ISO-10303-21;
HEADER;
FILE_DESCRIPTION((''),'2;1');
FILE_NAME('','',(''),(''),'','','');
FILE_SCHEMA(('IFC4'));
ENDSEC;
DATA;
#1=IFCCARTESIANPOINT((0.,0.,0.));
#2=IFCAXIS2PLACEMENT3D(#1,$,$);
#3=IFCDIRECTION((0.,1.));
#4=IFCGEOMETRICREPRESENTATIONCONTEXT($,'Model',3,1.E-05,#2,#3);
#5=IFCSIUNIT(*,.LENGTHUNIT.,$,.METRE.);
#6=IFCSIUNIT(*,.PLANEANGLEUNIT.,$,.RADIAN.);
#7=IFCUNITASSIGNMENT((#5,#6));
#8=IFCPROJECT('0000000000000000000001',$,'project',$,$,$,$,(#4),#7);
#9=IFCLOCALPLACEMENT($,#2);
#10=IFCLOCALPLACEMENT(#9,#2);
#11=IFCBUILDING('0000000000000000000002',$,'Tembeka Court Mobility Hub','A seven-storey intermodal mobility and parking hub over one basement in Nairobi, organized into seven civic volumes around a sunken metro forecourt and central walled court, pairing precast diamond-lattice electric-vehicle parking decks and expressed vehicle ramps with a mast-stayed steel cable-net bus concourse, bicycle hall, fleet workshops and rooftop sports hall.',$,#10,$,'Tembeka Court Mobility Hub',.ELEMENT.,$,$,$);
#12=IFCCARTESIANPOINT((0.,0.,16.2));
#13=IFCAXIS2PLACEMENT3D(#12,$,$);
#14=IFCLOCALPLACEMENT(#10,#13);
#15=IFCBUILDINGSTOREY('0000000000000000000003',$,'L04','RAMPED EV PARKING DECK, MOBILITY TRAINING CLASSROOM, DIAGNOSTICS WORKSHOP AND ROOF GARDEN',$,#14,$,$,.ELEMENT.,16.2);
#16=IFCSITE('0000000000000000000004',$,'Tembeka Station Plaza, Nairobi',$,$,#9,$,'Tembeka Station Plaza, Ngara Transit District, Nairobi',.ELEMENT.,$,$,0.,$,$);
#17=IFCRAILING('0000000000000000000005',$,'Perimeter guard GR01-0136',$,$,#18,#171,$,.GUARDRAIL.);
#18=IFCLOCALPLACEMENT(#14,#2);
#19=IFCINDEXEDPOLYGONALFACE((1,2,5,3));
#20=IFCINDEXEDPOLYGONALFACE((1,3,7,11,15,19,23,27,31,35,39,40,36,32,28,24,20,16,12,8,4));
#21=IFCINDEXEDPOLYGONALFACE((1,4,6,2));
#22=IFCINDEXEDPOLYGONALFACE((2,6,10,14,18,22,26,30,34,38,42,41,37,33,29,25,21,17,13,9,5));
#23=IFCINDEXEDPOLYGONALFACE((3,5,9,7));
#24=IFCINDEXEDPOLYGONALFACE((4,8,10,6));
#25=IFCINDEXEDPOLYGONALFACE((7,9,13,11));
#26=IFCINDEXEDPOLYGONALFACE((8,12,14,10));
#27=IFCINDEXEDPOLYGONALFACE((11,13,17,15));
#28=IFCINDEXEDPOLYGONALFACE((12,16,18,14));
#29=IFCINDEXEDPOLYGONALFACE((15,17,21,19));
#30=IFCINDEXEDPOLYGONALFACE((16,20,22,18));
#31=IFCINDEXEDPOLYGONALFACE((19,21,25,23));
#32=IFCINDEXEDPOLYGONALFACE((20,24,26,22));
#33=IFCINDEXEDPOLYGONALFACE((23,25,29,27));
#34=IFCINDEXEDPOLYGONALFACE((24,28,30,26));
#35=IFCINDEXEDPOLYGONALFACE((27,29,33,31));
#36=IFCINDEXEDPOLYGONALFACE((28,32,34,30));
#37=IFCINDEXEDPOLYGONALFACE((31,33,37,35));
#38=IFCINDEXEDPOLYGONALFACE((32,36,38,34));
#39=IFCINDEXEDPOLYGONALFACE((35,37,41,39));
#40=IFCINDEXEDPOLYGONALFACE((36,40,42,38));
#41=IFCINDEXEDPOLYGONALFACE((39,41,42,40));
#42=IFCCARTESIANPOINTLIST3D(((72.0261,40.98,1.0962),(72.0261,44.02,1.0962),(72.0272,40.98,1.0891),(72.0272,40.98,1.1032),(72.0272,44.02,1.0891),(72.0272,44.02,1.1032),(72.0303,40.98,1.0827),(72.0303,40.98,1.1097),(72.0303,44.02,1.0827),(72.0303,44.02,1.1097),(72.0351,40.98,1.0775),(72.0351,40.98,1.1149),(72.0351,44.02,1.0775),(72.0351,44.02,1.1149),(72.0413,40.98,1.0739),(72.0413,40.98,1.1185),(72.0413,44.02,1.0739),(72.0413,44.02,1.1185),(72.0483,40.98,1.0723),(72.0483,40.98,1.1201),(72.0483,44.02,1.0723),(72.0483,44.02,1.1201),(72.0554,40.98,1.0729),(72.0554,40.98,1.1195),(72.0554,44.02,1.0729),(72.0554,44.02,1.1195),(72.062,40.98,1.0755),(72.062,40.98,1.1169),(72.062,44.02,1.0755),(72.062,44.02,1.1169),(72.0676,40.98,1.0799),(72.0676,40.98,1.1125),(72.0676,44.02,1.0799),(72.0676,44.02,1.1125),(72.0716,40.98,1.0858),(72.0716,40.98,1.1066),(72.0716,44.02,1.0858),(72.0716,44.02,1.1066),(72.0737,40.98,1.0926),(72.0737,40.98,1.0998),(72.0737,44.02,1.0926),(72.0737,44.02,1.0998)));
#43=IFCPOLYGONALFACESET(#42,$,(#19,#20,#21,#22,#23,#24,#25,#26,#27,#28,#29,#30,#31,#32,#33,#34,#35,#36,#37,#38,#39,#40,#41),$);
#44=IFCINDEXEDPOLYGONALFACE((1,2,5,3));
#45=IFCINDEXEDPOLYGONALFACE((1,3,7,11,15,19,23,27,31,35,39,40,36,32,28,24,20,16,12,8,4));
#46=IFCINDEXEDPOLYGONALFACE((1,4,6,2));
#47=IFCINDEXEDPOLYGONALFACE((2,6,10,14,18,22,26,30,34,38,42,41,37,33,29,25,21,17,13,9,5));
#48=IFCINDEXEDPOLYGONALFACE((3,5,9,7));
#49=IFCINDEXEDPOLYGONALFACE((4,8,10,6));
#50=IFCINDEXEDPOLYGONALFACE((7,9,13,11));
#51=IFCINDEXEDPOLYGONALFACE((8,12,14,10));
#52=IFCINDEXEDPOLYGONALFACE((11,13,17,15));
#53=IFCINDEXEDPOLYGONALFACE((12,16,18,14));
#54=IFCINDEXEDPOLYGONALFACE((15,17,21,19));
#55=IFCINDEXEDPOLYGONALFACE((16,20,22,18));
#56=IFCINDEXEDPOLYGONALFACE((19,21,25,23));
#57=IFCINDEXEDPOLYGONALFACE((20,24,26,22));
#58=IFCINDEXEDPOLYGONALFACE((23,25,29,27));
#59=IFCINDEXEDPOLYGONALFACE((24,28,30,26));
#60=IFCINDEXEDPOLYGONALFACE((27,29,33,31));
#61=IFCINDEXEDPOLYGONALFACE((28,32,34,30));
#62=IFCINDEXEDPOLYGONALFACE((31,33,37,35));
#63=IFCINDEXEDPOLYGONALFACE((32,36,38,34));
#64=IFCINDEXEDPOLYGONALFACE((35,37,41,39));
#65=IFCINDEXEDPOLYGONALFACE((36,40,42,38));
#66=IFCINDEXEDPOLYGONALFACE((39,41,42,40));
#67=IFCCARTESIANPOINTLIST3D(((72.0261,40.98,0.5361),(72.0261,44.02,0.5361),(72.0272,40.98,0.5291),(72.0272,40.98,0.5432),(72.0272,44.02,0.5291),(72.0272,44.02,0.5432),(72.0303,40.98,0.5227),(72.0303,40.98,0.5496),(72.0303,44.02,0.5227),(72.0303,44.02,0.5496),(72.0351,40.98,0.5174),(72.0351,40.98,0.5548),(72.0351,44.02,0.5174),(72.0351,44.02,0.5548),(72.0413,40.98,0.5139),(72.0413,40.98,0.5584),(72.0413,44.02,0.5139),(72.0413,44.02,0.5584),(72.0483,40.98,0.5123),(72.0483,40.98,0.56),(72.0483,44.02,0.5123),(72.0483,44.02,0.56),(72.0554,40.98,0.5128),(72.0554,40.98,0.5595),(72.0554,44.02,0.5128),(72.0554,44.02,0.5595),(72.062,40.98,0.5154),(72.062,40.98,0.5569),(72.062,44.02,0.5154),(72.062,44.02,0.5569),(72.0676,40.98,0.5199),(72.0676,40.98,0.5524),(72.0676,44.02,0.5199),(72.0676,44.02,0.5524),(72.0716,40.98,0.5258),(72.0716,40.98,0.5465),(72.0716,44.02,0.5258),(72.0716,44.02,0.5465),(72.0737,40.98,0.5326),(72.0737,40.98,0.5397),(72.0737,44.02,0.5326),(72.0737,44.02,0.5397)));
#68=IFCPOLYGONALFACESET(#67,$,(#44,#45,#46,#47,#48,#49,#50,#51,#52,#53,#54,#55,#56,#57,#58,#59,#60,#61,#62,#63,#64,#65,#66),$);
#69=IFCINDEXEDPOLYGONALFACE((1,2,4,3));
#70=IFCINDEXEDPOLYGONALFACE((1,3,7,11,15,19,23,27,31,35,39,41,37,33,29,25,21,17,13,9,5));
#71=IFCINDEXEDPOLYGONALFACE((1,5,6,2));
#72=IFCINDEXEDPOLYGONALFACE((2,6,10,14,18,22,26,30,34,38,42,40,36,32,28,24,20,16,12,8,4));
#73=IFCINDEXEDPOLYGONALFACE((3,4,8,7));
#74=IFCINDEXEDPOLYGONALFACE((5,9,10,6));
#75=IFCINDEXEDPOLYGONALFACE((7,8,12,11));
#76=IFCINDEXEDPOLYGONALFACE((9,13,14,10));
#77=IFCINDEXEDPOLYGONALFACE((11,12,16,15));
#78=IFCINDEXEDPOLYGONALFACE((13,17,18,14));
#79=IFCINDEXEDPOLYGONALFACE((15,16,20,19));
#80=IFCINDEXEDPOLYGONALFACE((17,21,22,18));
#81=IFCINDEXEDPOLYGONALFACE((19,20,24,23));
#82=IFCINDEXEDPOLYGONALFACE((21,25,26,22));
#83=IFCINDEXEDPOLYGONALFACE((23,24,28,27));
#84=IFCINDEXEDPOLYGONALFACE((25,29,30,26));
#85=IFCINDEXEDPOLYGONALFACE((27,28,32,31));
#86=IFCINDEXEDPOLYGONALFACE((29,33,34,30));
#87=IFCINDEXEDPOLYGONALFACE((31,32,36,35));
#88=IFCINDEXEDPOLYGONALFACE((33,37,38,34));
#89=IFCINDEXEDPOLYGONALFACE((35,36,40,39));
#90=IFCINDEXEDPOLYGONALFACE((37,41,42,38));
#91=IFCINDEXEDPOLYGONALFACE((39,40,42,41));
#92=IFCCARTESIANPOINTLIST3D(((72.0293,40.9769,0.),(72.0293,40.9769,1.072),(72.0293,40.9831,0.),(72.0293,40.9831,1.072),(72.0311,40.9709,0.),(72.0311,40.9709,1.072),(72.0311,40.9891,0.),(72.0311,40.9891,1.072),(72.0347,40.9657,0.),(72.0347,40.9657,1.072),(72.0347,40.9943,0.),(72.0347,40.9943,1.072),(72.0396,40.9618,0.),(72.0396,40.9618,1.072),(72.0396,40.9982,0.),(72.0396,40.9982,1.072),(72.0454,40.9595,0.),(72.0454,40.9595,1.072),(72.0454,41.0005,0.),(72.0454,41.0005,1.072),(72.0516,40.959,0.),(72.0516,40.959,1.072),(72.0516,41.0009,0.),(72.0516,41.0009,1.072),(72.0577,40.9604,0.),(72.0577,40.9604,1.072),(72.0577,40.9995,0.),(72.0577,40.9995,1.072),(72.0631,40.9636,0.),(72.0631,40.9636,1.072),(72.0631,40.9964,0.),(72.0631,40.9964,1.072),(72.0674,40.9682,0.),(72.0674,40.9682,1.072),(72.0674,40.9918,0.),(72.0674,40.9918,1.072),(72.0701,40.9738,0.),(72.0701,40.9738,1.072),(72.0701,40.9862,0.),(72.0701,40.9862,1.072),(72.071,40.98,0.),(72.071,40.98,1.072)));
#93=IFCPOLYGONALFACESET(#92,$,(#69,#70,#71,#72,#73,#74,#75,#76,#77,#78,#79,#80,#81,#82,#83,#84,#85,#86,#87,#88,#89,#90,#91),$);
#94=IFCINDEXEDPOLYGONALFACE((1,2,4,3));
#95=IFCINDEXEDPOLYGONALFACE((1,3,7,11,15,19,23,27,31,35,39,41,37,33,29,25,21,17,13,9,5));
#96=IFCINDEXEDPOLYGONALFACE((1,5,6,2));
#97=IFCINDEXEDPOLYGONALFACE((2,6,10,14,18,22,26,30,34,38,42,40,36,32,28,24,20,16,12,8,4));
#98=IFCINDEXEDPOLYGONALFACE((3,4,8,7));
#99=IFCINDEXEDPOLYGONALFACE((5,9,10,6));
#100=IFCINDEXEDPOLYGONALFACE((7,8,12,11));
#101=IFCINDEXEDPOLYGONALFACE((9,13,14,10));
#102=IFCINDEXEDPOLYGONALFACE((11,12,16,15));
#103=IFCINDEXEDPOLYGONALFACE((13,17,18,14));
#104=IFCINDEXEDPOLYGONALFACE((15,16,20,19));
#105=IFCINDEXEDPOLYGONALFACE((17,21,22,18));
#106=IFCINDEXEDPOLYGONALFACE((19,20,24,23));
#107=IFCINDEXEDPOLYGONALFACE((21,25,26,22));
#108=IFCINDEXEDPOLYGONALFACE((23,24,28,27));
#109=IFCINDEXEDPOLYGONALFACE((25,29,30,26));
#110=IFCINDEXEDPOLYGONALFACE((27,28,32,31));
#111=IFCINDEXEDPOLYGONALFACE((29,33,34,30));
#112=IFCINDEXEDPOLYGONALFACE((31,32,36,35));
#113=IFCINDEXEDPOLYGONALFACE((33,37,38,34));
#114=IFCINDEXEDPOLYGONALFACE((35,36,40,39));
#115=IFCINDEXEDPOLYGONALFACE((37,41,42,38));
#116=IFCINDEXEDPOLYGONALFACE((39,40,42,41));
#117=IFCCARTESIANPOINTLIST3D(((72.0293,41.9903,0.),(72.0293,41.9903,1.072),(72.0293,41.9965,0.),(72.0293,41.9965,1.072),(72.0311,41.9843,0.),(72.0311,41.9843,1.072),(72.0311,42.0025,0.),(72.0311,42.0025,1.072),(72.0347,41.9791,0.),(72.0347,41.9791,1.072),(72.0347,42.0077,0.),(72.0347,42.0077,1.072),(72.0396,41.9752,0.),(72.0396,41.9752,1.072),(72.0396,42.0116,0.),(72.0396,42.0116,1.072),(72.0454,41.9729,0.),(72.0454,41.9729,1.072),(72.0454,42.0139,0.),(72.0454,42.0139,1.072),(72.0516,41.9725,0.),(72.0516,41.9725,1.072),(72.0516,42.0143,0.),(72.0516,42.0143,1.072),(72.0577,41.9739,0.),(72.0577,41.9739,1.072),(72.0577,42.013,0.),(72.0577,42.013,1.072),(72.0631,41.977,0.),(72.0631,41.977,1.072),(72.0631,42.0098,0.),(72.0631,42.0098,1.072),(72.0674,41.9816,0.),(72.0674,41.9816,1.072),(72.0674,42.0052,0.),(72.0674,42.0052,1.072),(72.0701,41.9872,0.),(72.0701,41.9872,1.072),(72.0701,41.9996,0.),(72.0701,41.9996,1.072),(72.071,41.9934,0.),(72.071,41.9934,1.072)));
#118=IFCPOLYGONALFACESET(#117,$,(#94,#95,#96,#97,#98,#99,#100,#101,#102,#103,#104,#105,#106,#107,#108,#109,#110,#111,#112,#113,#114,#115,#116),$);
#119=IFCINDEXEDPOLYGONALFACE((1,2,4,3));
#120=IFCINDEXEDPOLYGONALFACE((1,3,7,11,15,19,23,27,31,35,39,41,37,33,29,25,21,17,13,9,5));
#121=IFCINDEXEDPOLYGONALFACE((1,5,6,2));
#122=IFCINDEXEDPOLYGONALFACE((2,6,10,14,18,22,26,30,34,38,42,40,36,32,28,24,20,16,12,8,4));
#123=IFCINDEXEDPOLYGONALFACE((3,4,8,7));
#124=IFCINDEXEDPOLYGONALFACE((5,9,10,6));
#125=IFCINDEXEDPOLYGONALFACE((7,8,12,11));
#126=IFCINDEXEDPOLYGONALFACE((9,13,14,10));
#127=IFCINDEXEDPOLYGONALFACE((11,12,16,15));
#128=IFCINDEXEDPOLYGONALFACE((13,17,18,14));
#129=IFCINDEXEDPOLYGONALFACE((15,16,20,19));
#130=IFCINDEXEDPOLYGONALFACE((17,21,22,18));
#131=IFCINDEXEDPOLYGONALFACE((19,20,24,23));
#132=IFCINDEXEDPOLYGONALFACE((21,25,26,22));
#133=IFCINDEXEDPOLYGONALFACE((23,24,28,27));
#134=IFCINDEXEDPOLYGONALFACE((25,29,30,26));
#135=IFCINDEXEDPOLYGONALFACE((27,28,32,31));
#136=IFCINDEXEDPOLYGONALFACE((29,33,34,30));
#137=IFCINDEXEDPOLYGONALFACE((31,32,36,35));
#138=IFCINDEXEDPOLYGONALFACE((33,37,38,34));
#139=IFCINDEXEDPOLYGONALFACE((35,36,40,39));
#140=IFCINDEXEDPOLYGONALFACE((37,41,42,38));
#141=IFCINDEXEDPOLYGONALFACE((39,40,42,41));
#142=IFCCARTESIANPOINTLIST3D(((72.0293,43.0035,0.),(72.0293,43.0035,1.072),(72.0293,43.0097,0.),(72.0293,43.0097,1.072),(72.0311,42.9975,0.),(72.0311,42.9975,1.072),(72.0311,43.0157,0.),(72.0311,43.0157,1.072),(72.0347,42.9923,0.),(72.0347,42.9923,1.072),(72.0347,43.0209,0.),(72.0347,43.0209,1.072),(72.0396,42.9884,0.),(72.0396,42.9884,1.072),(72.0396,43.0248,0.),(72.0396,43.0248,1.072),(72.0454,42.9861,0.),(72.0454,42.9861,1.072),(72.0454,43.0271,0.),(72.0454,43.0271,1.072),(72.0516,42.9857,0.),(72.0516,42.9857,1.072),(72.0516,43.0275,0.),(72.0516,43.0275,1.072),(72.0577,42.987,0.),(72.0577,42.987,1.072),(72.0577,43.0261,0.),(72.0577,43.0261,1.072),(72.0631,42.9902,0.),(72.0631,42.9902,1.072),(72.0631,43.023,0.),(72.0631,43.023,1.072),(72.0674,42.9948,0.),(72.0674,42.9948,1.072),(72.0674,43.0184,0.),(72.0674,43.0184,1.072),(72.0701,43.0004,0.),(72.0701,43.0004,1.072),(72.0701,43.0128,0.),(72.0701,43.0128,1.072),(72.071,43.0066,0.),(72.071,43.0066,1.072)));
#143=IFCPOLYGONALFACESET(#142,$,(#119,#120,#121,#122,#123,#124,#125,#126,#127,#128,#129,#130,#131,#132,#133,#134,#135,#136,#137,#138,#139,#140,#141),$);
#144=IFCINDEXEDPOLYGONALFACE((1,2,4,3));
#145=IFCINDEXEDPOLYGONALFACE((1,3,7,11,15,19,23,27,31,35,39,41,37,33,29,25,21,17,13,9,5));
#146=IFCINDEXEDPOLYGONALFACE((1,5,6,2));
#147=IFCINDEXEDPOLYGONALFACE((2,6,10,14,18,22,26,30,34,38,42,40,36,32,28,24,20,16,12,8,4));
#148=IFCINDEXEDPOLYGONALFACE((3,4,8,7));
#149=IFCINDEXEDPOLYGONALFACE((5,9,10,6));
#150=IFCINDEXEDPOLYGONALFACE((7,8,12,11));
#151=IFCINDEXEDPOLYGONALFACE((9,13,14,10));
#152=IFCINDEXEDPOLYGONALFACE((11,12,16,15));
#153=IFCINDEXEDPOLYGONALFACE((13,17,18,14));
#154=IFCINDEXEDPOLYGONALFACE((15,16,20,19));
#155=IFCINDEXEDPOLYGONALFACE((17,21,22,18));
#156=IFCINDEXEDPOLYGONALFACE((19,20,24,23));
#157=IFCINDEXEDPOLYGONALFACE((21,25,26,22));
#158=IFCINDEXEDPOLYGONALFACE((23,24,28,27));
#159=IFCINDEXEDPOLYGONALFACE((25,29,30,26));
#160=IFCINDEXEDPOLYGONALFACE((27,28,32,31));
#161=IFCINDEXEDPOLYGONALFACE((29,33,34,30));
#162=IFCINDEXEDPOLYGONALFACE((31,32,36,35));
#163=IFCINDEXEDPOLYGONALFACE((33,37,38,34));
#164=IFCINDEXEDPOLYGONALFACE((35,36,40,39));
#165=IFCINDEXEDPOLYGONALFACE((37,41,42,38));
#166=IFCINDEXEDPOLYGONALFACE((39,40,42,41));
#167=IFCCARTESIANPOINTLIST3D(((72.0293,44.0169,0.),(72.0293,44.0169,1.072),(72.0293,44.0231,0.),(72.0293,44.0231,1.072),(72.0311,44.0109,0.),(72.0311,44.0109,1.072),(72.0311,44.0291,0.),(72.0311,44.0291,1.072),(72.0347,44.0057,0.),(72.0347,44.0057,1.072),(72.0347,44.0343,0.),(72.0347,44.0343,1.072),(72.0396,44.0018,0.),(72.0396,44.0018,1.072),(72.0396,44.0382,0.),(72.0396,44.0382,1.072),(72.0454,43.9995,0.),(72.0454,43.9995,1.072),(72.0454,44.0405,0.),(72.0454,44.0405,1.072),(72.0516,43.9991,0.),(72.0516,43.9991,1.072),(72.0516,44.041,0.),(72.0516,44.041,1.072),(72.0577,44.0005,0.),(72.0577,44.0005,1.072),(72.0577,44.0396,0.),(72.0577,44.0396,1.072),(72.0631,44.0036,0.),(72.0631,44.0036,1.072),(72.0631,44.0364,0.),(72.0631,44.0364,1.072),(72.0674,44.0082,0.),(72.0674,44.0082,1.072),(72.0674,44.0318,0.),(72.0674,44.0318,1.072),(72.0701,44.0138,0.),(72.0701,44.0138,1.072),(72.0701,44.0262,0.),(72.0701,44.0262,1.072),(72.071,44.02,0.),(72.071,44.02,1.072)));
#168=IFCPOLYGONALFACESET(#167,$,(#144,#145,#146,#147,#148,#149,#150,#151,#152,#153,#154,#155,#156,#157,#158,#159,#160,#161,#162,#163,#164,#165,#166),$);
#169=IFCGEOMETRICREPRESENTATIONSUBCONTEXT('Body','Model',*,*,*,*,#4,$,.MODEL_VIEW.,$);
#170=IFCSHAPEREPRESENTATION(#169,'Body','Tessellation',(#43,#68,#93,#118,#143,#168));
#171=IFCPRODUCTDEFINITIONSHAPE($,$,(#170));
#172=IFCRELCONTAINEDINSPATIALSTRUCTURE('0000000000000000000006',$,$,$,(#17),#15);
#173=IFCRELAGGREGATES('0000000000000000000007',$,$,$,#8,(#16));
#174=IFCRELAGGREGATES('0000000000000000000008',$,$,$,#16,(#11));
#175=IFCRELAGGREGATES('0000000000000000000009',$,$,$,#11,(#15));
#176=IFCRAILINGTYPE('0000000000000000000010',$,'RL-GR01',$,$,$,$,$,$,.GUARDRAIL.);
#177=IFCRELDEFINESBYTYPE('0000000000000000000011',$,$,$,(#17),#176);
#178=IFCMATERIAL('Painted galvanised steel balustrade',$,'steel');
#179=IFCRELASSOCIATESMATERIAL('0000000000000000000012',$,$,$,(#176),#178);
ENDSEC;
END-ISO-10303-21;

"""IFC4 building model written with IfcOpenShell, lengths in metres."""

from ifc_helpers import new_model, si_unit, direction, frame, origin, origin_2d, place, context, subcontext, project, spatial, circle, extrude, material, type_object, element, save


model = new_model("IFC4")

# Units and contexts
model_context = context("Model", 3, precision=1e-05, world=origin(), true_north=direction((0.0, 1.0)))
body_context = subcontext(model_context, "Body", "Model", "MODEL_VIEW")
ifc_project = project(units=[si_unit("LENGTHUNIT", "METRE"), si_unit("PLANEANGLEUNIT", "RADIAN")], contexts=[model_context])

# Site, building, storey
site_placement = place(None, origin())
site = spatial("IfcSite", under=ifc_project, at=site_placement, Name="Tembeka Station Plaza, Nairobi", LongName="Tembeka Station Plaza, Ngara Transit District, Nairobi", CompositionType="ELEMENT", RefElevation=0.0)
building_placement = place(site_placement, origin())
building = spatial("IfcBuilding", under=site, at=building_placement, Name="Tembeka Court Mobility Hub", Description="A seven-storey intermodal mobility and parking hub over one basement in Nairobi, organized into seven civic volumes around a sunken metro forecourt and central walled court, pairing precast diamond-lattice electric-vehicle parking decks and expressed vehicle ramps with a mast-stayed steel cable-net bus concourse, bicycle hall, fleet workshops and rooftop sports hall.", LongName="Tembeka Court Mobility Hub", CompositionType="ELEMENT")
storey_placement = place(building_placement, frame((0.0, 0.0, 16.2)))
storey = spatial("IfcBuildingStorey", under=building, at=storey_placement, Name="L04", Description="RAMPED EV PARKING DECK, MOBILITY TRAINING CLASSROOM, DIAGNOSTICS WORKSHOP AND ROOF GARDEN", CompositionType="ELEMENT", Elevation=16.2)

# Railing
ifc_material_1 = material(Name="Painted galvanised steel balustrade", Category="steel")
railing_type_1 = type_object("IfcRailingType", Name="RL-GR01", PredefinedType="GUARDRAIL", material=ifc_material_1)
railing_1_placement = place(storey_placement, frame((72.05, 40.98, 0.0)))
element("IfcRailing", 1, at=railing_1_placement, inside=storey, type_object=railing_type_1, Name="Perimeter guard GR01-0136", PredefinedType="GUARDRAIL", context=body_context, shape_type="SweptSolid", body=[
    extrude(circle(Radius=0.0239, at=origin_2d()), frame((0.0, 0.0, 1.0962), z_axis=(0.0, 1.0, 0.0), x_axis=(-1.0, 0.0, 0.0)), (0.0, 0.0, 1.0), 3.04),
    extrude(circle(Radius=0.0239, at=origin_2d()), frame((0.0, 0.0, 0.5361), z_axis=(0.0, 1.0, 0.0), x_axis=(-1.0, 0.0, 0.0)), (0.0, 0.0, 1.0), 3.04),
    extrude(circle(Radius=0.021, at=origin_2d()), origin(), (0.0, 0.0, 1.0), 1.072),
    extrude(circle(Radius=0.021, at=origin_2d()), frame((0.0, 1.0134, 0.0)), (0.0, 0.0, 1.0), 1.072),
    extrude(circle(Radius=0.021, at=origin_2d()), frame((0.0, 2.0266, 0.0)), (0.0, 0.0, 1.0), 1.072),
    extrude(circle(Radius=0.021, at=origin_2d()), frame((0.0, 3.04, 0.0)), (0.0, 0.0, 1.0), 1.072),
])

save(model, "model.ifc")
